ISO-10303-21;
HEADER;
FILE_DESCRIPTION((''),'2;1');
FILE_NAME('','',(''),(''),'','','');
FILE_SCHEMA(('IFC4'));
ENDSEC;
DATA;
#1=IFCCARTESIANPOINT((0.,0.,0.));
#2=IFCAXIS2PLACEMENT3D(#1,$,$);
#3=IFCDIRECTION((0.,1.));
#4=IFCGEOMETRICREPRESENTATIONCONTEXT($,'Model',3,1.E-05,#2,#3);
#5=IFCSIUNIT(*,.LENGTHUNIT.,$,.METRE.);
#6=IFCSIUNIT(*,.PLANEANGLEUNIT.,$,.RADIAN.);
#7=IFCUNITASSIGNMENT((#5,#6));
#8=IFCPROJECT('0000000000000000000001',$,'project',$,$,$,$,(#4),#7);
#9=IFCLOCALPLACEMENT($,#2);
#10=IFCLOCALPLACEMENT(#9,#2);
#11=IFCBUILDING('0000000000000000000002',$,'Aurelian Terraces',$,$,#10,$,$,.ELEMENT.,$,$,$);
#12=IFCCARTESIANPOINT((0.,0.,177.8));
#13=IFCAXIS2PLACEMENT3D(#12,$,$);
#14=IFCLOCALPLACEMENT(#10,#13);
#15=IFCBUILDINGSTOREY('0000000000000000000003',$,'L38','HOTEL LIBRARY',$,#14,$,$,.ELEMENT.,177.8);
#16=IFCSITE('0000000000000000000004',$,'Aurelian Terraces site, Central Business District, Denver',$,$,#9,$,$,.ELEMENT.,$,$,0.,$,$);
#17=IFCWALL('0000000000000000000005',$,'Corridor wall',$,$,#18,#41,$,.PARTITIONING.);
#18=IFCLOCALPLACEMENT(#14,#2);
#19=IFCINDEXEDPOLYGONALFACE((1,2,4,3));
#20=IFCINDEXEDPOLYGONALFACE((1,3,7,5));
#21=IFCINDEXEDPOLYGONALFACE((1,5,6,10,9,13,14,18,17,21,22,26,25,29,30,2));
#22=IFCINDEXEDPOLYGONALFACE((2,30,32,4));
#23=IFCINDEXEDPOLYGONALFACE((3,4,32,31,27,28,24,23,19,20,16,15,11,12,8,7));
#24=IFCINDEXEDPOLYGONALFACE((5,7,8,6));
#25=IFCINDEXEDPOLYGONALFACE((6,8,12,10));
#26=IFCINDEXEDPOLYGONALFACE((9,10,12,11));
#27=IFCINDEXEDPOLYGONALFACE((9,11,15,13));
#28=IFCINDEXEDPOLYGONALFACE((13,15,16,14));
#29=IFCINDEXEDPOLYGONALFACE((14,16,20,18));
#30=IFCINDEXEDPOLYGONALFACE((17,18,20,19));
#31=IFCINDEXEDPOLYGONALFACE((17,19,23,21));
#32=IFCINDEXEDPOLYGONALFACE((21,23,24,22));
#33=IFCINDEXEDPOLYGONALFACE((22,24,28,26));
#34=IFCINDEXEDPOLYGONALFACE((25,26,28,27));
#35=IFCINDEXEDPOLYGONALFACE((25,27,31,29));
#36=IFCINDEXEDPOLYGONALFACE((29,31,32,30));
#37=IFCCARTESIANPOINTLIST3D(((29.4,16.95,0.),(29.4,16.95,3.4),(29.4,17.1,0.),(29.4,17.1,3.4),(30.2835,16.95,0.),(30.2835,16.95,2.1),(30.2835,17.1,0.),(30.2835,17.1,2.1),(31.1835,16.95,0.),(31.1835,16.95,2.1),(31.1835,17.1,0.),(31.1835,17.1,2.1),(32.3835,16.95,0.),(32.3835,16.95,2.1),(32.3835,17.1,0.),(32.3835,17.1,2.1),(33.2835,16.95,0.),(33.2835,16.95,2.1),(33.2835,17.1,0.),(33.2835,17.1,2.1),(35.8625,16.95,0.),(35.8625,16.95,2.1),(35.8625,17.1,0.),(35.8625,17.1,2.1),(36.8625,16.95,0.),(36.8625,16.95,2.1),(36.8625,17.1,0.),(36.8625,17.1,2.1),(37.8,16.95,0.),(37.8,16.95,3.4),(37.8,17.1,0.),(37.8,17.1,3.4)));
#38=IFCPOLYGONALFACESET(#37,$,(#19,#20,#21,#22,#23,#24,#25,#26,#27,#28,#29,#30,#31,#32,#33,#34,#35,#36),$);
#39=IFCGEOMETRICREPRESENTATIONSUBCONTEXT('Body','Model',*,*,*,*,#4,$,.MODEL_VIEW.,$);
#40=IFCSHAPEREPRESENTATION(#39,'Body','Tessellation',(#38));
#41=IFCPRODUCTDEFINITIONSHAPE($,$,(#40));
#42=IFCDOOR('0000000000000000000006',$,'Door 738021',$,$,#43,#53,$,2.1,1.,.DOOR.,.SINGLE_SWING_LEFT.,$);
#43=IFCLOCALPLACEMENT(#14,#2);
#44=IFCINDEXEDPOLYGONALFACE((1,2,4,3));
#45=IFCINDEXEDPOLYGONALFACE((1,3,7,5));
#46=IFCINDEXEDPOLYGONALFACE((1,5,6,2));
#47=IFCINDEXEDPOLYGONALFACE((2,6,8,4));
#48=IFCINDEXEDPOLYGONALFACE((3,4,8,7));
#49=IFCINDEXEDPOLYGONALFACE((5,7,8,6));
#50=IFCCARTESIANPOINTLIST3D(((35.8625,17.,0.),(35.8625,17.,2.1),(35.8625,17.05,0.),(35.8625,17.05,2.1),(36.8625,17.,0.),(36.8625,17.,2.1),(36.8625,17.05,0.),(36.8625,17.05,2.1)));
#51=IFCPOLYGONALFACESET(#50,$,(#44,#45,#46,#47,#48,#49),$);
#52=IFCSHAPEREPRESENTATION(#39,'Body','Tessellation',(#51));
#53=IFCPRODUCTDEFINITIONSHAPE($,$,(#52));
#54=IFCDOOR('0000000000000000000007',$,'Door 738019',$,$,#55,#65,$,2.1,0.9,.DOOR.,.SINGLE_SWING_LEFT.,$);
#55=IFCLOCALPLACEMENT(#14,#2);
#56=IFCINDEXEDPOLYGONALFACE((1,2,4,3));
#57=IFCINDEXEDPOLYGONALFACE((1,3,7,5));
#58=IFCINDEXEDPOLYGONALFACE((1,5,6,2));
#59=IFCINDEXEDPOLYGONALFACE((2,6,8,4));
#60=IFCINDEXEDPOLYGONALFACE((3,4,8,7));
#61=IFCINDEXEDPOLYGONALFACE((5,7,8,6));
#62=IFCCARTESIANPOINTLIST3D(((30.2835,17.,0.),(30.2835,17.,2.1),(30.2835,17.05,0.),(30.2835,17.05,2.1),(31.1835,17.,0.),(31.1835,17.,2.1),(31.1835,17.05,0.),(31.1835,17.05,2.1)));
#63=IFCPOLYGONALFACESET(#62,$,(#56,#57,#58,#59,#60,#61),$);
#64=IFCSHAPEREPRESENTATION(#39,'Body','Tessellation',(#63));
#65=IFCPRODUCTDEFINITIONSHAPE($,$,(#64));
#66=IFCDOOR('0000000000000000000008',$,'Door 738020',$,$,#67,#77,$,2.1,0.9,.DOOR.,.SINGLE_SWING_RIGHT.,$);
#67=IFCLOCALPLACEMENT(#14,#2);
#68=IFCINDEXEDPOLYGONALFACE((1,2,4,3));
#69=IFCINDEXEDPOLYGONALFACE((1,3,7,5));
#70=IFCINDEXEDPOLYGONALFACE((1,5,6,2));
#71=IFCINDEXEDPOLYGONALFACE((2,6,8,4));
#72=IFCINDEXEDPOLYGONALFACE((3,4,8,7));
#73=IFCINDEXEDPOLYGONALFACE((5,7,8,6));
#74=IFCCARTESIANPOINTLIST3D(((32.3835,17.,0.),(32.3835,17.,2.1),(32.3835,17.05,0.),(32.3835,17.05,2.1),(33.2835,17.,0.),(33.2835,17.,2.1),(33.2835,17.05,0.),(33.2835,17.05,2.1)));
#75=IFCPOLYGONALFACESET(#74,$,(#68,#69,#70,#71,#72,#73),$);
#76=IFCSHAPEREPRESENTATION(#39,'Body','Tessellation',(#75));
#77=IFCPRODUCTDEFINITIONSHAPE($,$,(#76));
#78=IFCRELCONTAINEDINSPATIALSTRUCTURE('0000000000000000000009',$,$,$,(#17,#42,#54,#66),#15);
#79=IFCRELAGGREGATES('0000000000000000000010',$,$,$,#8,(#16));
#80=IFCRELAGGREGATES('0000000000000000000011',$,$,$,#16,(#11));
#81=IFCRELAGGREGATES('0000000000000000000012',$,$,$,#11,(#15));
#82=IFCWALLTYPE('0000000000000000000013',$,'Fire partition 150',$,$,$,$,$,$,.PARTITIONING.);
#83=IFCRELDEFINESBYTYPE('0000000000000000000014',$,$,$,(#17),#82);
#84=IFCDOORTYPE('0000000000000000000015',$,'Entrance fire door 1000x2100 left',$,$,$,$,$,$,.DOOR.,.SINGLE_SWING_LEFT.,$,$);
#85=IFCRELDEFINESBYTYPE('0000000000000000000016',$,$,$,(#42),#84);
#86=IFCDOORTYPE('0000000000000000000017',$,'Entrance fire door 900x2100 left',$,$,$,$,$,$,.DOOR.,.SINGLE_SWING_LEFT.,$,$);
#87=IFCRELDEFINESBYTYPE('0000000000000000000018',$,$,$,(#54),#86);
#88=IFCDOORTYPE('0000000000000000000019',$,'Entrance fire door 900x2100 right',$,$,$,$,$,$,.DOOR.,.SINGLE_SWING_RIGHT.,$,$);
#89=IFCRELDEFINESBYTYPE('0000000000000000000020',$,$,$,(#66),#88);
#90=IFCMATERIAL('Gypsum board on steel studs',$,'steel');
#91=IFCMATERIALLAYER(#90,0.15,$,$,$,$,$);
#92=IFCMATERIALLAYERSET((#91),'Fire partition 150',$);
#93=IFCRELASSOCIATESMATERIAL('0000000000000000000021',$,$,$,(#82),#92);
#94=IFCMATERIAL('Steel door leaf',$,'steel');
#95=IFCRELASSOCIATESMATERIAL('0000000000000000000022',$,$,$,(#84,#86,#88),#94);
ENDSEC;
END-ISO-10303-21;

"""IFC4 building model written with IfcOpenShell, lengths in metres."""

from ifc_helpers import new_model, si_unit, direction, frame, frame_2d, origin, place, context, subcontext, project, spatial, rectangle, extrude, source, transform, mapped, material, layer, layer_set, type_object, element, fill, save


model = new_model("IFC4")

# Units and contexts
model_context = context("Model", 3, precision=1e-05, world=origin(), true_north=direction((0.0, 1.0)))
body_context = subcontext(model_context, "Body", "Model", "MODEL_VIEW")
ifc_project = project(units=[si_unit("LENGTHUNIT", "METRE"), si_unit("PLANEANGLEUNIT", "RADIAN")], contexts=[model_context])

# Site, building, storey
site_placement = place(None, origin())
site = spatial("IfcSite", under=ifc_project, at=site_placement, Name="Aurelian Terraces site, Central Business District, Denver", CompositionType="ELEMENT", RefElevation=0.0)
building_placement = place(site_placement, origin())
building = spatial("IfcBuilding", under=site, at=building_placement, Name="Aurelian Terraces", CompositionType="ELEMENT")
storey_placement = place(building_placement, frame((0.0, 0.0, 177.8)))
storey = spatial("IfcBuildingStorey", under=building, at=storey_placement, Name="L38", Description="HOTEL LIBRARY", CompositionType="ELEMENT", Elevation=177.8)

# Shared definitions
ifc_material_1 = material(Name="Gypsum board on steel studs", Category="steel")
ifc_layer_1 = layer(ifc_material_1, 0.15)
ifc_layer_set_1 = layer_set([ifc_layer_1], Name="Fire partition 150")
wall_type_1 = type_object("IfcWallType", Name="Fire partition 150", PredefinedType="PARTITIONING", material=ifc_layer_set_1)

# Shared definitions
shared_shape_1 = source(origin(), body_context, "Body", "SweptSolid", [
    extrude(rectangle(XDim=0.9, YDim=2.1, at=frame_2d((0.45, 1.05))), frame((0.0, 0.085, 0.0), z_axis=(0.0, -1.0, 0.0), x_axis=(1.0, 0.0, 0.0)), (0.0, 0.0, 1.0), 0.17),
])
shared_shape_2 = source(origin(), body_context, "Body", "SweptSolid", [
    extrude(rectangle(XDim=0.9, YDim=2.1, at=frame_2d((0.45, 1.05))), frame((0.0, 0.025, 0.0), z_axis=(0.0, -1.0, 0.0), x_axis=(1.0, 0.0, 0.0)), (0.0, 0.0, 1.0), 0.05),
])

# Wall, openings, doors
shared_shape_3 = source(origin(), body_context, "Body", "SweptSolid", [
    extrude(rectangle(XDim=8.4, YDim=0.15, at=frame_2d((4.2, 0.0))), origin(), (0.0, 0.0, 1.0), 3.4),
])
wall_1_placement = place(storey_placement, frame((29.4, 17.025, 0.0), z_axis=(0.0, 0.0, 1.0), x_axis=(1.0, 0.0, 0.0)))
wall_1 = element("IfcWall", 1, at=wall_1_placement, inside=storey, type_object=wall_type_1, Name="Corridor wall", PredefinedType="PARTITIONING", context=body_context, shape_type="MappedRepresentation", body=[
    mapped(shared_shape_3, transform((0.0, 0.0, 0.0), scale=1.0)),
])
opening_1_placement = place(wall_1_placement, frame((0.8835, 0.0, 0.0)))
opening_1 = element("IfcOpeningElement", 2, at=opening_1_placement, cuts=wall_1, PredefinedType="OPENING", context=body_context, shape_type="MappedRepresentation", body=[
    mapped(shared_shape_1, transform((0.0, 0.0, 0.0), scale=1.0)),
])
opening_2_placement = place(wall_1_placement, frame((2.9835, 0.0, 0.0)))
opening_2 = element("IfcOpeningElement", 3, at=opening_2_placement, cuts=wall_1, PredefinedType="OPENING", context=body_context, shape_type="MappedRepresentation", body=[
    mapped(shared_shape_1, transform((0.0, 0.0, 0.0), scale=1.0)),
])
shared_shape_4 = source(origin(), body_context, "Body", "SweptSolid", [
    extrude(rectangle(XDim=1.0, YDim=2.1, at=frame_2d((0.5, 1.05))), frame((0.0, 0.085, 0.0), z_axis=(0.0, -1.0, 0.0), x_axis=(1.0, 0.0, 0.0)), (0.0, 0.0, 1.0), 0.17),
])
opening_3_placement = place(wall_1_placement, frame((6.4625, 0.0, 0.0)))
opening_3 = element("IfcOpeningElement", 4, at=opening_3_placement, cuts=wall_1, PredefinedType="OPENING", context=body_context, shape_type="MappedRepresentation", body=[
    mapped(shared_shape_4, transform((0.0, 0.0, 0.0), scale=1.0)),
])
ifc_material_2 = material(Name="Steel door leaf", Category="steel")
door_type_1 = type_object("IfcDoorType", Name="Entrance fire door 1000x2100 left", OperationType="SINGLE_SWING_LEFT", PredefinedType="DOOR", material=ifc_material_2)
shared_shape_5 = source(origin(), body_context, "Body", "SweptSolid", [
    extrude(rectangle(XDim=1.0, YDim=2.1, at=frame_2d((0.5, 1.05))), frame((0.0, 0.025, 0.0), z_axis=(0.0, -1.0, 0.0), x_axis=(1.0, 0.0, 0.0)), (0.0, 0.0, 1.0), 0.05),
])
door_1_placement = place(opening_3_placement, origin())
door_1 = element("IfcDoor", 5, at=door_1_placement, inside=storey, type_object=door_type_1, Name="Door 738021", OperationType="SINGLE_SWING_LEFT", OverallHeight=2.1, OverallWidth=1.0, PredefinedType="DOOR", context=body_context, shape_type="MappedRepresentation", body=[
    mapped(shared_shape_5, transform((0.0, 0.0, 0.0), scale=1.0)),
])
fill(opening_3, door_1)
door_type_2 = type_object("IfcDoorType", Name="Entrance fire door 900x2100 left", OperationType="SINGLE_SWING_LEFT", PredefinedType="DOOR", material=ifc_material_2)
door_2_placement = place(opening_1_placement, origin())
door_2 = element("IfcDoor", 6, at=door_2_placement, inside=storey, type_object=door_type_2, Name="Door 738019", OperationType="SINGLE_SWING_LEFT", OverallHeight=2.1, OverallWidth=0.9, PredefinedType="DOOR", context=body_context, shape_type="MappedRepresentation", body=[
    mapped(shared_shape_2, transform((0.0, 0.0, 0.0), scale=1.0)),
])
fill(opening_1, door_2)
door_type_3 = type_object("IfcDoorType", Name="Entrance fire door 900x2100 right", OperationType="SINGLE_SWING_RIGHT", PredefinedType="DOOR", material=ifc_material_2)
door_3_placement = place(opening_2_placement, origin())
door_3 = element("IfcDoor", 7, at=door_3_placement, inside=storey, type_object=door_type_3, Name="Door 738020", OperationType="SINGLE_SWING_RIGHT", OverallHeight=2.1, OverallWidth=0.9, PredefinedType="DOOR", context=body_context, shape_type="MappedRepresentation", body=[
    mapped(shared_shape_2, transform((0.0, 0.0, 0.0), scale=1.0)),
])
fill(opening_2, door_3)

save(model, "model.ifc")
